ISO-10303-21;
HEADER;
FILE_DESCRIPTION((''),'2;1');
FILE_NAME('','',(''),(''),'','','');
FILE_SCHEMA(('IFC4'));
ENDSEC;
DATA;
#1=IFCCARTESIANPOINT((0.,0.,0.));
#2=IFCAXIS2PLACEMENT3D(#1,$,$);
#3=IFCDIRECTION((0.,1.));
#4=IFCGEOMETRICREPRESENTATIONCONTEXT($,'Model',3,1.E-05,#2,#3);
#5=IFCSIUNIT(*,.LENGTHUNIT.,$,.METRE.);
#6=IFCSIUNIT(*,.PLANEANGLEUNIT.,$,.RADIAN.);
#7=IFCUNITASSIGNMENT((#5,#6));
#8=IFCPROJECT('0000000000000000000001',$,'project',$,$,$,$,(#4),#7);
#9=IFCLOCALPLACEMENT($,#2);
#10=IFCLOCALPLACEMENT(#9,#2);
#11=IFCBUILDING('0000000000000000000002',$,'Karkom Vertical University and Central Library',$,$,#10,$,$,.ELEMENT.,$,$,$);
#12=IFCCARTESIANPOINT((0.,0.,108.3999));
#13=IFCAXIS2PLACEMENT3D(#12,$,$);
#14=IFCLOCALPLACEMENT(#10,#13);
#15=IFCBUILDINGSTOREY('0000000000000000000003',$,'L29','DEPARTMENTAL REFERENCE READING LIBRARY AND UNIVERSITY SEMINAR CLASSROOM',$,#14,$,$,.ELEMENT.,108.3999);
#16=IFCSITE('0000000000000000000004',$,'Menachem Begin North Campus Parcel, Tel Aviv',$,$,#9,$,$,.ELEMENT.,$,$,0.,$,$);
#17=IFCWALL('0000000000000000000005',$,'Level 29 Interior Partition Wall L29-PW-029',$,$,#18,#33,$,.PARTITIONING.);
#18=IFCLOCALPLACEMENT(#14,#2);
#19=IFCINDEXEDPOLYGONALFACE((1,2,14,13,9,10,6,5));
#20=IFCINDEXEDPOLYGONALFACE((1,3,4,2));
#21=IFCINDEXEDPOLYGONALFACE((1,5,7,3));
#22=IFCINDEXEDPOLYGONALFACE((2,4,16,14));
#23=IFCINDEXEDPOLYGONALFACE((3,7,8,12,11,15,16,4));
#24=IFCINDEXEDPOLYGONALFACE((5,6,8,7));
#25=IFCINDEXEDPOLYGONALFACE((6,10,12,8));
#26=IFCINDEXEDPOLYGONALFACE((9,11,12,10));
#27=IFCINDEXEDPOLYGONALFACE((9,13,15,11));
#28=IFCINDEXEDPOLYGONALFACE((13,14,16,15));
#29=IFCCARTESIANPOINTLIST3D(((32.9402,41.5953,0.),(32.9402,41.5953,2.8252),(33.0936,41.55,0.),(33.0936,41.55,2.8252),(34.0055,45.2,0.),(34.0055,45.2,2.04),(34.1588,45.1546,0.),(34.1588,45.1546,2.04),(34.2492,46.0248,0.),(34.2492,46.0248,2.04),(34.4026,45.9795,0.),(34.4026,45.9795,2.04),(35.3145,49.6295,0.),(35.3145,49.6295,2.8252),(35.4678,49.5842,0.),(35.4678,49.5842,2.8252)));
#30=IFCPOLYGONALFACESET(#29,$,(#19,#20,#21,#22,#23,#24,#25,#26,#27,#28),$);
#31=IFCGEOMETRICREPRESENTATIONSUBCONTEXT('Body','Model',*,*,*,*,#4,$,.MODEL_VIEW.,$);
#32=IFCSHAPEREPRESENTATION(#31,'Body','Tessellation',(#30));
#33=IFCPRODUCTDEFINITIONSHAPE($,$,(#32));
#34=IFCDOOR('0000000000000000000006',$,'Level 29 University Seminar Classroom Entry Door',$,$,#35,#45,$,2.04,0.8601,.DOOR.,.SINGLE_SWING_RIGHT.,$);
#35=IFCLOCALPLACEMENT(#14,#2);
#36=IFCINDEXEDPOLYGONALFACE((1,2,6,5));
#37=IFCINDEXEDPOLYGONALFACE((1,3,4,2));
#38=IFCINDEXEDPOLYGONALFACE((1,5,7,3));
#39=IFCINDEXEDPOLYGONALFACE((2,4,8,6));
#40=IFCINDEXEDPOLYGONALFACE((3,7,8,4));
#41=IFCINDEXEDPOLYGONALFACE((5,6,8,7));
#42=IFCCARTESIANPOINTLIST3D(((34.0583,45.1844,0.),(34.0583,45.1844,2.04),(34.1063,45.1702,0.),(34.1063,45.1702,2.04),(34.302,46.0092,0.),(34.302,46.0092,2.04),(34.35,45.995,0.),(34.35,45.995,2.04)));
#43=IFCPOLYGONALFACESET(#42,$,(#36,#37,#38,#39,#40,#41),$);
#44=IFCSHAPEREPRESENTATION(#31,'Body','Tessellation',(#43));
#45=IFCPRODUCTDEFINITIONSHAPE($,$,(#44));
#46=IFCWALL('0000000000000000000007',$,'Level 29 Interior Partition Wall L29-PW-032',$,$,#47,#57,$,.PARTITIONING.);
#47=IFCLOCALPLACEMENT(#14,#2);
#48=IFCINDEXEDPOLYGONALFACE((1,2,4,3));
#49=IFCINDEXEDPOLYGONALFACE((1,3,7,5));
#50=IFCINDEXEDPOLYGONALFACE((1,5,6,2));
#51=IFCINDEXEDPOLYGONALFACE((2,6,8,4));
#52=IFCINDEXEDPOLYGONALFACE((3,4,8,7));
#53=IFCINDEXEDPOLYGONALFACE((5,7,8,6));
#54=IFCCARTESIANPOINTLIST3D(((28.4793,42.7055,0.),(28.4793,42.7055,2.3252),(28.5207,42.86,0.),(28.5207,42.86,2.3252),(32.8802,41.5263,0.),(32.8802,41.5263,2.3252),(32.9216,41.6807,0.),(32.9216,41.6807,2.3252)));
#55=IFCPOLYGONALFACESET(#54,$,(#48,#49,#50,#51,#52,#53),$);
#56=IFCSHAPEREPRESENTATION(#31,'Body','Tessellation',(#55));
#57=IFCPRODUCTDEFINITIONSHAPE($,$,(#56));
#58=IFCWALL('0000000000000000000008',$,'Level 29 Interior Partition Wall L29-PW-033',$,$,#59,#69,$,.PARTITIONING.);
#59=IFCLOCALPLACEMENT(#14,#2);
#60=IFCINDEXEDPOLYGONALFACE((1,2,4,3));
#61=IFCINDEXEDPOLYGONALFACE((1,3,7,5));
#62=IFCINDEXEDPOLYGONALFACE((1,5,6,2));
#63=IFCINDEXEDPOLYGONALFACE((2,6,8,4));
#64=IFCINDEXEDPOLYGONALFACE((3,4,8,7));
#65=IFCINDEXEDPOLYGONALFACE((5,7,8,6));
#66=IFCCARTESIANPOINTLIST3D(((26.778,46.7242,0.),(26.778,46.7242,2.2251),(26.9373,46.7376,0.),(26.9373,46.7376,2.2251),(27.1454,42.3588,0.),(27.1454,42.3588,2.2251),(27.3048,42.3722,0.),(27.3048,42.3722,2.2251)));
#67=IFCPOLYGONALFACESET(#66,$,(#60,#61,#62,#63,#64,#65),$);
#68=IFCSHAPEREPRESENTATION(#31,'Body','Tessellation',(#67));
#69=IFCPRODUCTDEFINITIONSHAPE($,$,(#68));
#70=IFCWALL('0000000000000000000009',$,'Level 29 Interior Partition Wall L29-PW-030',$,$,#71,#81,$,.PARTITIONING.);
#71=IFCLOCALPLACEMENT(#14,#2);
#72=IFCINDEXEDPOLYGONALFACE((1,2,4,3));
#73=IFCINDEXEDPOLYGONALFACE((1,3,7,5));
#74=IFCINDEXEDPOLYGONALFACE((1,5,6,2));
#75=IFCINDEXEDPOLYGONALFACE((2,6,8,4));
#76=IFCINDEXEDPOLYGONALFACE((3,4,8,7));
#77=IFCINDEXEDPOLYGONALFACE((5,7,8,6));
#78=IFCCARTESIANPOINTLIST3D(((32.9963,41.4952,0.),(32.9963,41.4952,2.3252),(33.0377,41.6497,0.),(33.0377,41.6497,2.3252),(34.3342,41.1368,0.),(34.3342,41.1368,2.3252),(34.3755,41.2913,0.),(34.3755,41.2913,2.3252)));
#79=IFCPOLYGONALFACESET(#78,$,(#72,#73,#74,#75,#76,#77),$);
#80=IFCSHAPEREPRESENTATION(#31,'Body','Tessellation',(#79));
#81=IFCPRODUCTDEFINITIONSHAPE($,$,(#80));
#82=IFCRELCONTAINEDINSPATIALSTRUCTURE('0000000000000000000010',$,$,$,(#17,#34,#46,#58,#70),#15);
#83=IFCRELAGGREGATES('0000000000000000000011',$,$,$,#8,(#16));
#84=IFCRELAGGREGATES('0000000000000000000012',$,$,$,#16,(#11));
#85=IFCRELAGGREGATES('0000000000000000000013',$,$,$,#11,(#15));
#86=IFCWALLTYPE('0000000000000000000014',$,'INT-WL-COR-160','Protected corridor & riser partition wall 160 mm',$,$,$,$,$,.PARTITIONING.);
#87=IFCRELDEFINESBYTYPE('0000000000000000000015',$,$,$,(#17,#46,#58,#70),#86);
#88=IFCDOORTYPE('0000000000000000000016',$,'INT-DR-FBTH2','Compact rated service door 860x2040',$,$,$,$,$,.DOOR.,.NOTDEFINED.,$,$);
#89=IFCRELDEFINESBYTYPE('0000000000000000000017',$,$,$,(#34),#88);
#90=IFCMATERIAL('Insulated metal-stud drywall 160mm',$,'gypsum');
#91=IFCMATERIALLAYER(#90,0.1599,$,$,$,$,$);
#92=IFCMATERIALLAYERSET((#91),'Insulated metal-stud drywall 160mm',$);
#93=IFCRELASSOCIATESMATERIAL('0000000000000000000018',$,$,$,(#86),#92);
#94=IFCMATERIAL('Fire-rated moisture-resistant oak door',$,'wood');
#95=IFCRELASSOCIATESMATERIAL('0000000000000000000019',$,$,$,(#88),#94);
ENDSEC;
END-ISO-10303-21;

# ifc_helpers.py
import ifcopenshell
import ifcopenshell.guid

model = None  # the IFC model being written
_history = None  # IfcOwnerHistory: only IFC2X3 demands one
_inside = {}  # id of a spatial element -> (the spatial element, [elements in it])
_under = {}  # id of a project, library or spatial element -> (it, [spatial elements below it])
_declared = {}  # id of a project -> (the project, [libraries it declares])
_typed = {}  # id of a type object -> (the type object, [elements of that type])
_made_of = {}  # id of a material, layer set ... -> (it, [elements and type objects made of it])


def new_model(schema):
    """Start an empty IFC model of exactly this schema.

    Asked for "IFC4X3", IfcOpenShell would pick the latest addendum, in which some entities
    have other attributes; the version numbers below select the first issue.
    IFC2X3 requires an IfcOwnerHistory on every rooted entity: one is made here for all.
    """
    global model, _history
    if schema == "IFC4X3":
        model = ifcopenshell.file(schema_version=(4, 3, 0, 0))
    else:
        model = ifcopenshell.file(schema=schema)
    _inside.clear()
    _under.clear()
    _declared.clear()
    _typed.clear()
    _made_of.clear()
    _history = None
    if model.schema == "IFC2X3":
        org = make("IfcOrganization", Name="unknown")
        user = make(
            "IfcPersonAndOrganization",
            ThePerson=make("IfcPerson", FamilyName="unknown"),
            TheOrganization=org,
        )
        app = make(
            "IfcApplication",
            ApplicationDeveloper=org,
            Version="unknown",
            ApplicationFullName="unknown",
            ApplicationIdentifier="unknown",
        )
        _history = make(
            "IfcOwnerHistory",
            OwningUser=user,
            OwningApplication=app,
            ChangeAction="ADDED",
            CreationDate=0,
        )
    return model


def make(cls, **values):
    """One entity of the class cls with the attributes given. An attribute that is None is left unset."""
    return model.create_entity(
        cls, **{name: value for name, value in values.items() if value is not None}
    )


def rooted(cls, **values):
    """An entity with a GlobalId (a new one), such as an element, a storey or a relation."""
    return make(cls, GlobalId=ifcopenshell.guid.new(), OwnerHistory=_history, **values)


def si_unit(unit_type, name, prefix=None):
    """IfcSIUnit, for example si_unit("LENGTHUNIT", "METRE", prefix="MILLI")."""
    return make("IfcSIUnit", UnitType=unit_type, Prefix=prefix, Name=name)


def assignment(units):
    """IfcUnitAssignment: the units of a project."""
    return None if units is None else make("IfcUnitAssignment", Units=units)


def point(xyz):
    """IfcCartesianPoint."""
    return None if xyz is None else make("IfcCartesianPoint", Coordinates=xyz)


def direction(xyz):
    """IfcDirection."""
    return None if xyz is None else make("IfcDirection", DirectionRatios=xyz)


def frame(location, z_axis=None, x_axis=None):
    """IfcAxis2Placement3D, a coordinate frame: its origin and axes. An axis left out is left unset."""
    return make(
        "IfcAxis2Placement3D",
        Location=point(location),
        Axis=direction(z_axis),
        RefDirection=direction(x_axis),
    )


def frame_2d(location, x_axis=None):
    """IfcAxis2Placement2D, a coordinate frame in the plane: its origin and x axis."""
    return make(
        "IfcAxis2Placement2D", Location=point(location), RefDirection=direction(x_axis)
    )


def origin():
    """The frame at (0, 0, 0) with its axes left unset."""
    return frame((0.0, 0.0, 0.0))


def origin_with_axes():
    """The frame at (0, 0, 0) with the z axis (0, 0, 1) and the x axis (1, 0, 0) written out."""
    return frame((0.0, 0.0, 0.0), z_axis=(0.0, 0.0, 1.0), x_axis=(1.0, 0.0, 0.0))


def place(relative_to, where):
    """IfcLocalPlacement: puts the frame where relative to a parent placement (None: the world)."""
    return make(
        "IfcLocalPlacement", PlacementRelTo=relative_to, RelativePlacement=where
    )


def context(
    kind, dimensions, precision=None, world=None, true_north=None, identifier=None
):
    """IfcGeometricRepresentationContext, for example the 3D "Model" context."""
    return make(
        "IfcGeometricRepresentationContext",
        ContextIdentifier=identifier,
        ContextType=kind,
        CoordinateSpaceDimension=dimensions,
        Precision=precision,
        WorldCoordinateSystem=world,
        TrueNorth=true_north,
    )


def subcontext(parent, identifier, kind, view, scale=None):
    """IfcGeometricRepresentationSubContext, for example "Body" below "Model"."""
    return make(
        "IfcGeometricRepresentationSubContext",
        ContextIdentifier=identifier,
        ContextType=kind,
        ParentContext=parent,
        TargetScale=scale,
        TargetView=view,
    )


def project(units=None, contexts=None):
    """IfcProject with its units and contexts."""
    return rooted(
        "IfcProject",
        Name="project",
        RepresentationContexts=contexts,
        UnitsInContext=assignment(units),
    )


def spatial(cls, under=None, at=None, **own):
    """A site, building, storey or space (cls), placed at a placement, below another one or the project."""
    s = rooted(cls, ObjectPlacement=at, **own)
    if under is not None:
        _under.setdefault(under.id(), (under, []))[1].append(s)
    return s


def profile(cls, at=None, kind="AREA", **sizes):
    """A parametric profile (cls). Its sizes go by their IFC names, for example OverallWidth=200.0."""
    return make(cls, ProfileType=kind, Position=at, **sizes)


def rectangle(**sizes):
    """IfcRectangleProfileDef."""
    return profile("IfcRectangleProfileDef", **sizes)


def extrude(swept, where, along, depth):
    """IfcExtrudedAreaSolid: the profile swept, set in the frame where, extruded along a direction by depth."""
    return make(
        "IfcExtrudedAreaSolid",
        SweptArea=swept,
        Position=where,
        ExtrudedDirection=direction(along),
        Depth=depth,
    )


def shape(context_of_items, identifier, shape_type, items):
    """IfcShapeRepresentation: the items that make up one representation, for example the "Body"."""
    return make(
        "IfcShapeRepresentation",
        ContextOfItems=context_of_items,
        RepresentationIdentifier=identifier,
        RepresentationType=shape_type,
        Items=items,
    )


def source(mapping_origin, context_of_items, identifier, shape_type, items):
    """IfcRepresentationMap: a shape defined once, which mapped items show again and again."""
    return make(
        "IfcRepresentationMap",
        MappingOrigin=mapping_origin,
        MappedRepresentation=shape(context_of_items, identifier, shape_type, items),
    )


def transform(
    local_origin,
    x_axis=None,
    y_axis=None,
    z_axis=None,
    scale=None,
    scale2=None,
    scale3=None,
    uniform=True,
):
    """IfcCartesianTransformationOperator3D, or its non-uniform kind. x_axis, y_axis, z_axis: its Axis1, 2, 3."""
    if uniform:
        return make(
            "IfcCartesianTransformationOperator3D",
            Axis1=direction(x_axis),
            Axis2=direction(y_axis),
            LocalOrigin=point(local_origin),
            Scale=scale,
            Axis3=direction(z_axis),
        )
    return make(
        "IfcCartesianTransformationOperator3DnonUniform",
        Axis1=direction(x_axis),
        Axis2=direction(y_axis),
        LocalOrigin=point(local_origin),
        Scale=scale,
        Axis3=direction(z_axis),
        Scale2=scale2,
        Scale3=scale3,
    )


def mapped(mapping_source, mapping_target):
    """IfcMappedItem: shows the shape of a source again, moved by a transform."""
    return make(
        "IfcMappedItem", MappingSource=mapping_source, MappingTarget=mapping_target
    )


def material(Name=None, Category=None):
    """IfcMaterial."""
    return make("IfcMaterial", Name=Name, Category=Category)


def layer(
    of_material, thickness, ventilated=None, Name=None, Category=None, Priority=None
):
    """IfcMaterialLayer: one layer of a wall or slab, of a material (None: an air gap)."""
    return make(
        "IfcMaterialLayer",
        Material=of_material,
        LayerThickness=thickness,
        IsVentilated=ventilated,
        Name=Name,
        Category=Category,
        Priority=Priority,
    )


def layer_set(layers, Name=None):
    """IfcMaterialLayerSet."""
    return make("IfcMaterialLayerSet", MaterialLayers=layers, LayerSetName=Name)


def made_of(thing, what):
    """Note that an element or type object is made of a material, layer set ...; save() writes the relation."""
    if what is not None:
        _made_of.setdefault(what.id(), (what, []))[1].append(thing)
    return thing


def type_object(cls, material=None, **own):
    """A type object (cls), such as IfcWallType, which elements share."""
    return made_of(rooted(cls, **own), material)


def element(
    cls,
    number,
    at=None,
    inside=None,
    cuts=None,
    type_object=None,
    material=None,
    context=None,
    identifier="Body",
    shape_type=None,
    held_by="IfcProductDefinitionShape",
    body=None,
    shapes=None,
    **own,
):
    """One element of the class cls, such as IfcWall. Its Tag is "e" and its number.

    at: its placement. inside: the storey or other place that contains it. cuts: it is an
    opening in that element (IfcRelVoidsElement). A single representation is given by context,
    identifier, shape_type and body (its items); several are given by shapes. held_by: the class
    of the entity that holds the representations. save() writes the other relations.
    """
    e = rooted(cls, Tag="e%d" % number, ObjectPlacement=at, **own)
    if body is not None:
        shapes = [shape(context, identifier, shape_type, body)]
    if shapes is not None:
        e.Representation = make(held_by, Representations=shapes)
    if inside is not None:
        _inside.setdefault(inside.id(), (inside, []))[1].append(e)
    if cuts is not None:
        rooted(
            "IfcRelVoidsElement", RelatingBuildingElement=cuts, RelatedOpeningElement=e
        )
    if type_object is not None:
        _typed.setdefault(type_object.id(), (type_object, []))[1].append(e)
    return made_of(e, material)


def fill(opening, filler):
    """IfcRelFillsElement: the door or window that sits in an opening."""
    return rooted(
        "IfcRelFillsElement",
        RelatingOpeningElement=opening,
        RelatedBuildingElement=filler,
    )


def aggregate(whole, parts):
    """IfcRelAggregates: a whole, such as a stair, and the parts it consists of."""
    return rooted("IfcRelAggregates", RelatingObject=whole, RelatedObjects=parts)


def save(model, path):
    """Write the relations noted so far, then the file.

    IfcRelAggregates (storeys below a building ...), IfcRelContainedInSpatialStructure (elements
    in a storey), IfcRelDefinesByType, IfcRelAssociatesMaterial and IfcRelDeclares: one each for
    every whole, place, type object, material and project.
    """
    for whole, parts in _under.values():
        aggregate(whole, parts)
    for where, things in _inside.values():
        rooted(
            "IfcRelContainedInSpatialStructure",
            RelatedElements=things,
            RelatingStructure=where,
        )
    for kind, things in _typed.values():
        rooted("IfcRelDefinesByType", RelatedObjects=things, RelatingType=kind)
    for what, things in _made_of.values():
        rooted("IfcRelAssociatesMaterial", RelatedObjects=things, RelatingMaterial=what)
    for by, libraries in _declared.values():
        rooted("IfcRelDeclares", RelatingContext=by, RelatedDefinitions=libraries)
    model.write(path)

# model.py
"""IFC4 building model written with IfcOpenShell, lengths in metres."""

from ifc_helpers import new_model, si_unit, direction, frame, frame_2d, origin, origin_with_axes, place, context, subcontext, project, spatial, rectangle, extrude, source, transform, mapped, material, layer, layer_set, type_object, element, fill, save


model = new_model("IFC4")

# Units and contexts
model_context = context("Model", 3, precision=1e-05, world=origin(), true_north=direction((0.0, 1.0)))
body_context = subcontext(model_context, "Body", "Model", "MODEL_VIEW")
ifc_project = project(units=[si_unit("LENGTHUNIT", "METRE"), si_unit("PLANEANGLEUNIT", "RADIAN")], contexts=[model_context])

# Site, building, storey
site_placement = place(None, origin())
site = spatial("IfcSite", under=ifc_project, at=site_placement, Name="Menachem Begin North Campus Parcel, Tel Aviv", CompositionType="ELEMENT", RefElevation=0.0)
building_placement = place(site_placement, origin())
building = spatial("IfcBuilding", under=site, at=building_placement, Name="Karkom Vertical University and Central Library", CompositionType="ELEMENT")
storey_placement = place(building_placement, frame((0.0, 0.0, 108.3999)))
storey = spatial("IfcBuildingStorey", under=building, at=storey_placement, Name="L29", Description="DEPARTMENTAL REFERENCE READING LIBRARY AND UNIVERSITY SEMINAR CLASSROOM", CompositionType="ELEMENT", Elevation=108.3999)

# Shared definitions
ifc_material_1 = material(Name="Insulated metal-stud drywall 160mm", Category="gypsum")
ifc_layer_1 = layer(ifc_material_1, 0.1599)
ifc_layer_set_1 = layer_set([ifc_layer_1], Name="Insulated metal-stud drywall 160mm")
wall_type_1 = type_object("IfcWallType", Name="INT-WL-COR-160", Description="Protected corridor & riser partition wall 160 mm", PredefinedType="PARTITIONING", material=ifc_layer_set_1)

# Wall, opening, door
wall_1_placement = place(storey_placement, frame((33.0168, 41.5725, 0.0), z_axis=(0.0, 0.0, 1.0), x_axis=(0.283405, 0.959, 0.0)))
wall_1 = element("IfcWall", 1, at=wall_1_placement, inside=storey, type_object=wall_type_1, Name="Level 29 Interior Partition Wall L29-PW-029", PredefinedType="PARTITIONING", context=body_context, shape_type="SweptSolid", body=[
    extrude(rectangle(XDim=8.3777, YDim=0.1599, at=frame_2d((4.189, 0.0))), origin(), (0.0, 0.0, 1.0), 2.8252),
])
opening_1_placement = place(wall_1_placement, frame((3.7588, 0.0, 0.0)))
opening_1 = element("IfcOpeningElement", 2, at=opening_1_placement, cuts=wall_1, PredefinedType="OPENING", context=body_context, shape_type="SweptSolid", body=[
    extrude(rectangle(XDim=0.8601, YDim=2.04, at=frame_2d((0.4302, 1.02))), frame((0.0, 0.0898, 0.0), z_axis=(0.0, -1.0, 0.0), x_axis=(1.0, 0.0, 0.0)), (0.0, 0.0, 1.0), 0.1799),
])
ifc_material_2 = material(Name="Fire-rated moisture-resistant oak door", Category="wood")
door_type_1 = type_object("IfcDoorType", Name="INT-DR-FBTH2", Description="Compact rated service door 860x2040", OperationType="NOTDEFINED", PredefinedType="DOOR", material=ifc_material_2)
shared_shape_1 = source(origin_with_axes(), body_context, "Body", "SweptSolid", [
    extrude(rectangle(XDim=0.8601, YDim=2.04, at=frame_2d((0.4302, 1.02))), frame((0.0, 0.0249, 0.0), z_axis=(0.0, -1.0, 0.0), x_axis=(1.0, 0.0, 0.0)), (0.0, 0.0, 1.0), 0.05),
])
door_1_placement = place(opening_1_placement, origin())
door_1 = element("IfcDoor", 3, at=door_1_placement, inside=storey, type_object=door_type_1, Name="Level 29 University Seminar Classroom Entry Door", OperationType="SINGLE_SWING_RIGHT", OverallHeight=2.04, OverallWidth=0.8601, PredefinedType="DOOR", context=body_context, shape_type="MappedRepresentation", body=[
    mapped(shared_shape_1, transform((0.0, 0.0, 0.0), scale=1.0)),
])
fill(opening_1, door_1)

# Walls
wall_2_placement = place(storey_placement, frame((32.9009, 41.6035, 0.0), z_axis=(0.0, 0.0, 1.0), x_axis=(-0.965927, 0.258816, 0.0)))
element("IfcWall", 4, at=wall_2_placement, inside=storey, type_object=wall_type_1, Name="Level 29 Interior Partition Wall L29-PW-032", PredefinedType="PARTITIONING", context=body_context, shape_type="SweptSolid", body=[
    extrude(rectangle(XDim=4.5562, YDim=0.1599, at=frame_2d((2.2781, 0.0))), origin(), (0.0, 0.0, 1.0), 2.3252),
])
wall_3_placement = place(storey_placement, frame((27.2251, 42.3655, 0.0), z_axis=(0.0, 0.0, 1.0), x_axis=(-0.083871, 0.996477, 0.0)))
element("IfcWall", 5, at=wall_3_placement, inside=storey, type_object=wall_type_1, Name="Level 29 Interior Partition Wall L29-PW-033", PredefinedType="PARTITIONING", context=body_context, shape_type="SweptSolid", body=[
    extrude(rectangle(XDim=4.3809, YDim=0.1599, at=frame_2d((2.1904, 0.0))), origin(), (0.0, 0.0, 1.0), 2.2251),
])
wall_4_placement = place(storey_placement, frame((34.3547, 41.2141, 0.0), z_axis=(0.0, 0.0, 1.0), x_axis=(-0.965942, 0.25876, 0.0)))
element("IfcWall", 6, at=wall_4_placement, inside=storey, type_object=wall_type_1, Name="Level 29 Interior Partition Wall L29-PW-030", PredefinedType="PARTITIONING", context=body_context, shape_type="SweptSolid", body=[
    extrude(rectangle(XDim=1.385, YDim=0.1599, at=frame_2d((0.6924, 0.0))), origin(), (0.0, 0.0, 1.0), 2.3252),
])

save(model, "model.ifc")
